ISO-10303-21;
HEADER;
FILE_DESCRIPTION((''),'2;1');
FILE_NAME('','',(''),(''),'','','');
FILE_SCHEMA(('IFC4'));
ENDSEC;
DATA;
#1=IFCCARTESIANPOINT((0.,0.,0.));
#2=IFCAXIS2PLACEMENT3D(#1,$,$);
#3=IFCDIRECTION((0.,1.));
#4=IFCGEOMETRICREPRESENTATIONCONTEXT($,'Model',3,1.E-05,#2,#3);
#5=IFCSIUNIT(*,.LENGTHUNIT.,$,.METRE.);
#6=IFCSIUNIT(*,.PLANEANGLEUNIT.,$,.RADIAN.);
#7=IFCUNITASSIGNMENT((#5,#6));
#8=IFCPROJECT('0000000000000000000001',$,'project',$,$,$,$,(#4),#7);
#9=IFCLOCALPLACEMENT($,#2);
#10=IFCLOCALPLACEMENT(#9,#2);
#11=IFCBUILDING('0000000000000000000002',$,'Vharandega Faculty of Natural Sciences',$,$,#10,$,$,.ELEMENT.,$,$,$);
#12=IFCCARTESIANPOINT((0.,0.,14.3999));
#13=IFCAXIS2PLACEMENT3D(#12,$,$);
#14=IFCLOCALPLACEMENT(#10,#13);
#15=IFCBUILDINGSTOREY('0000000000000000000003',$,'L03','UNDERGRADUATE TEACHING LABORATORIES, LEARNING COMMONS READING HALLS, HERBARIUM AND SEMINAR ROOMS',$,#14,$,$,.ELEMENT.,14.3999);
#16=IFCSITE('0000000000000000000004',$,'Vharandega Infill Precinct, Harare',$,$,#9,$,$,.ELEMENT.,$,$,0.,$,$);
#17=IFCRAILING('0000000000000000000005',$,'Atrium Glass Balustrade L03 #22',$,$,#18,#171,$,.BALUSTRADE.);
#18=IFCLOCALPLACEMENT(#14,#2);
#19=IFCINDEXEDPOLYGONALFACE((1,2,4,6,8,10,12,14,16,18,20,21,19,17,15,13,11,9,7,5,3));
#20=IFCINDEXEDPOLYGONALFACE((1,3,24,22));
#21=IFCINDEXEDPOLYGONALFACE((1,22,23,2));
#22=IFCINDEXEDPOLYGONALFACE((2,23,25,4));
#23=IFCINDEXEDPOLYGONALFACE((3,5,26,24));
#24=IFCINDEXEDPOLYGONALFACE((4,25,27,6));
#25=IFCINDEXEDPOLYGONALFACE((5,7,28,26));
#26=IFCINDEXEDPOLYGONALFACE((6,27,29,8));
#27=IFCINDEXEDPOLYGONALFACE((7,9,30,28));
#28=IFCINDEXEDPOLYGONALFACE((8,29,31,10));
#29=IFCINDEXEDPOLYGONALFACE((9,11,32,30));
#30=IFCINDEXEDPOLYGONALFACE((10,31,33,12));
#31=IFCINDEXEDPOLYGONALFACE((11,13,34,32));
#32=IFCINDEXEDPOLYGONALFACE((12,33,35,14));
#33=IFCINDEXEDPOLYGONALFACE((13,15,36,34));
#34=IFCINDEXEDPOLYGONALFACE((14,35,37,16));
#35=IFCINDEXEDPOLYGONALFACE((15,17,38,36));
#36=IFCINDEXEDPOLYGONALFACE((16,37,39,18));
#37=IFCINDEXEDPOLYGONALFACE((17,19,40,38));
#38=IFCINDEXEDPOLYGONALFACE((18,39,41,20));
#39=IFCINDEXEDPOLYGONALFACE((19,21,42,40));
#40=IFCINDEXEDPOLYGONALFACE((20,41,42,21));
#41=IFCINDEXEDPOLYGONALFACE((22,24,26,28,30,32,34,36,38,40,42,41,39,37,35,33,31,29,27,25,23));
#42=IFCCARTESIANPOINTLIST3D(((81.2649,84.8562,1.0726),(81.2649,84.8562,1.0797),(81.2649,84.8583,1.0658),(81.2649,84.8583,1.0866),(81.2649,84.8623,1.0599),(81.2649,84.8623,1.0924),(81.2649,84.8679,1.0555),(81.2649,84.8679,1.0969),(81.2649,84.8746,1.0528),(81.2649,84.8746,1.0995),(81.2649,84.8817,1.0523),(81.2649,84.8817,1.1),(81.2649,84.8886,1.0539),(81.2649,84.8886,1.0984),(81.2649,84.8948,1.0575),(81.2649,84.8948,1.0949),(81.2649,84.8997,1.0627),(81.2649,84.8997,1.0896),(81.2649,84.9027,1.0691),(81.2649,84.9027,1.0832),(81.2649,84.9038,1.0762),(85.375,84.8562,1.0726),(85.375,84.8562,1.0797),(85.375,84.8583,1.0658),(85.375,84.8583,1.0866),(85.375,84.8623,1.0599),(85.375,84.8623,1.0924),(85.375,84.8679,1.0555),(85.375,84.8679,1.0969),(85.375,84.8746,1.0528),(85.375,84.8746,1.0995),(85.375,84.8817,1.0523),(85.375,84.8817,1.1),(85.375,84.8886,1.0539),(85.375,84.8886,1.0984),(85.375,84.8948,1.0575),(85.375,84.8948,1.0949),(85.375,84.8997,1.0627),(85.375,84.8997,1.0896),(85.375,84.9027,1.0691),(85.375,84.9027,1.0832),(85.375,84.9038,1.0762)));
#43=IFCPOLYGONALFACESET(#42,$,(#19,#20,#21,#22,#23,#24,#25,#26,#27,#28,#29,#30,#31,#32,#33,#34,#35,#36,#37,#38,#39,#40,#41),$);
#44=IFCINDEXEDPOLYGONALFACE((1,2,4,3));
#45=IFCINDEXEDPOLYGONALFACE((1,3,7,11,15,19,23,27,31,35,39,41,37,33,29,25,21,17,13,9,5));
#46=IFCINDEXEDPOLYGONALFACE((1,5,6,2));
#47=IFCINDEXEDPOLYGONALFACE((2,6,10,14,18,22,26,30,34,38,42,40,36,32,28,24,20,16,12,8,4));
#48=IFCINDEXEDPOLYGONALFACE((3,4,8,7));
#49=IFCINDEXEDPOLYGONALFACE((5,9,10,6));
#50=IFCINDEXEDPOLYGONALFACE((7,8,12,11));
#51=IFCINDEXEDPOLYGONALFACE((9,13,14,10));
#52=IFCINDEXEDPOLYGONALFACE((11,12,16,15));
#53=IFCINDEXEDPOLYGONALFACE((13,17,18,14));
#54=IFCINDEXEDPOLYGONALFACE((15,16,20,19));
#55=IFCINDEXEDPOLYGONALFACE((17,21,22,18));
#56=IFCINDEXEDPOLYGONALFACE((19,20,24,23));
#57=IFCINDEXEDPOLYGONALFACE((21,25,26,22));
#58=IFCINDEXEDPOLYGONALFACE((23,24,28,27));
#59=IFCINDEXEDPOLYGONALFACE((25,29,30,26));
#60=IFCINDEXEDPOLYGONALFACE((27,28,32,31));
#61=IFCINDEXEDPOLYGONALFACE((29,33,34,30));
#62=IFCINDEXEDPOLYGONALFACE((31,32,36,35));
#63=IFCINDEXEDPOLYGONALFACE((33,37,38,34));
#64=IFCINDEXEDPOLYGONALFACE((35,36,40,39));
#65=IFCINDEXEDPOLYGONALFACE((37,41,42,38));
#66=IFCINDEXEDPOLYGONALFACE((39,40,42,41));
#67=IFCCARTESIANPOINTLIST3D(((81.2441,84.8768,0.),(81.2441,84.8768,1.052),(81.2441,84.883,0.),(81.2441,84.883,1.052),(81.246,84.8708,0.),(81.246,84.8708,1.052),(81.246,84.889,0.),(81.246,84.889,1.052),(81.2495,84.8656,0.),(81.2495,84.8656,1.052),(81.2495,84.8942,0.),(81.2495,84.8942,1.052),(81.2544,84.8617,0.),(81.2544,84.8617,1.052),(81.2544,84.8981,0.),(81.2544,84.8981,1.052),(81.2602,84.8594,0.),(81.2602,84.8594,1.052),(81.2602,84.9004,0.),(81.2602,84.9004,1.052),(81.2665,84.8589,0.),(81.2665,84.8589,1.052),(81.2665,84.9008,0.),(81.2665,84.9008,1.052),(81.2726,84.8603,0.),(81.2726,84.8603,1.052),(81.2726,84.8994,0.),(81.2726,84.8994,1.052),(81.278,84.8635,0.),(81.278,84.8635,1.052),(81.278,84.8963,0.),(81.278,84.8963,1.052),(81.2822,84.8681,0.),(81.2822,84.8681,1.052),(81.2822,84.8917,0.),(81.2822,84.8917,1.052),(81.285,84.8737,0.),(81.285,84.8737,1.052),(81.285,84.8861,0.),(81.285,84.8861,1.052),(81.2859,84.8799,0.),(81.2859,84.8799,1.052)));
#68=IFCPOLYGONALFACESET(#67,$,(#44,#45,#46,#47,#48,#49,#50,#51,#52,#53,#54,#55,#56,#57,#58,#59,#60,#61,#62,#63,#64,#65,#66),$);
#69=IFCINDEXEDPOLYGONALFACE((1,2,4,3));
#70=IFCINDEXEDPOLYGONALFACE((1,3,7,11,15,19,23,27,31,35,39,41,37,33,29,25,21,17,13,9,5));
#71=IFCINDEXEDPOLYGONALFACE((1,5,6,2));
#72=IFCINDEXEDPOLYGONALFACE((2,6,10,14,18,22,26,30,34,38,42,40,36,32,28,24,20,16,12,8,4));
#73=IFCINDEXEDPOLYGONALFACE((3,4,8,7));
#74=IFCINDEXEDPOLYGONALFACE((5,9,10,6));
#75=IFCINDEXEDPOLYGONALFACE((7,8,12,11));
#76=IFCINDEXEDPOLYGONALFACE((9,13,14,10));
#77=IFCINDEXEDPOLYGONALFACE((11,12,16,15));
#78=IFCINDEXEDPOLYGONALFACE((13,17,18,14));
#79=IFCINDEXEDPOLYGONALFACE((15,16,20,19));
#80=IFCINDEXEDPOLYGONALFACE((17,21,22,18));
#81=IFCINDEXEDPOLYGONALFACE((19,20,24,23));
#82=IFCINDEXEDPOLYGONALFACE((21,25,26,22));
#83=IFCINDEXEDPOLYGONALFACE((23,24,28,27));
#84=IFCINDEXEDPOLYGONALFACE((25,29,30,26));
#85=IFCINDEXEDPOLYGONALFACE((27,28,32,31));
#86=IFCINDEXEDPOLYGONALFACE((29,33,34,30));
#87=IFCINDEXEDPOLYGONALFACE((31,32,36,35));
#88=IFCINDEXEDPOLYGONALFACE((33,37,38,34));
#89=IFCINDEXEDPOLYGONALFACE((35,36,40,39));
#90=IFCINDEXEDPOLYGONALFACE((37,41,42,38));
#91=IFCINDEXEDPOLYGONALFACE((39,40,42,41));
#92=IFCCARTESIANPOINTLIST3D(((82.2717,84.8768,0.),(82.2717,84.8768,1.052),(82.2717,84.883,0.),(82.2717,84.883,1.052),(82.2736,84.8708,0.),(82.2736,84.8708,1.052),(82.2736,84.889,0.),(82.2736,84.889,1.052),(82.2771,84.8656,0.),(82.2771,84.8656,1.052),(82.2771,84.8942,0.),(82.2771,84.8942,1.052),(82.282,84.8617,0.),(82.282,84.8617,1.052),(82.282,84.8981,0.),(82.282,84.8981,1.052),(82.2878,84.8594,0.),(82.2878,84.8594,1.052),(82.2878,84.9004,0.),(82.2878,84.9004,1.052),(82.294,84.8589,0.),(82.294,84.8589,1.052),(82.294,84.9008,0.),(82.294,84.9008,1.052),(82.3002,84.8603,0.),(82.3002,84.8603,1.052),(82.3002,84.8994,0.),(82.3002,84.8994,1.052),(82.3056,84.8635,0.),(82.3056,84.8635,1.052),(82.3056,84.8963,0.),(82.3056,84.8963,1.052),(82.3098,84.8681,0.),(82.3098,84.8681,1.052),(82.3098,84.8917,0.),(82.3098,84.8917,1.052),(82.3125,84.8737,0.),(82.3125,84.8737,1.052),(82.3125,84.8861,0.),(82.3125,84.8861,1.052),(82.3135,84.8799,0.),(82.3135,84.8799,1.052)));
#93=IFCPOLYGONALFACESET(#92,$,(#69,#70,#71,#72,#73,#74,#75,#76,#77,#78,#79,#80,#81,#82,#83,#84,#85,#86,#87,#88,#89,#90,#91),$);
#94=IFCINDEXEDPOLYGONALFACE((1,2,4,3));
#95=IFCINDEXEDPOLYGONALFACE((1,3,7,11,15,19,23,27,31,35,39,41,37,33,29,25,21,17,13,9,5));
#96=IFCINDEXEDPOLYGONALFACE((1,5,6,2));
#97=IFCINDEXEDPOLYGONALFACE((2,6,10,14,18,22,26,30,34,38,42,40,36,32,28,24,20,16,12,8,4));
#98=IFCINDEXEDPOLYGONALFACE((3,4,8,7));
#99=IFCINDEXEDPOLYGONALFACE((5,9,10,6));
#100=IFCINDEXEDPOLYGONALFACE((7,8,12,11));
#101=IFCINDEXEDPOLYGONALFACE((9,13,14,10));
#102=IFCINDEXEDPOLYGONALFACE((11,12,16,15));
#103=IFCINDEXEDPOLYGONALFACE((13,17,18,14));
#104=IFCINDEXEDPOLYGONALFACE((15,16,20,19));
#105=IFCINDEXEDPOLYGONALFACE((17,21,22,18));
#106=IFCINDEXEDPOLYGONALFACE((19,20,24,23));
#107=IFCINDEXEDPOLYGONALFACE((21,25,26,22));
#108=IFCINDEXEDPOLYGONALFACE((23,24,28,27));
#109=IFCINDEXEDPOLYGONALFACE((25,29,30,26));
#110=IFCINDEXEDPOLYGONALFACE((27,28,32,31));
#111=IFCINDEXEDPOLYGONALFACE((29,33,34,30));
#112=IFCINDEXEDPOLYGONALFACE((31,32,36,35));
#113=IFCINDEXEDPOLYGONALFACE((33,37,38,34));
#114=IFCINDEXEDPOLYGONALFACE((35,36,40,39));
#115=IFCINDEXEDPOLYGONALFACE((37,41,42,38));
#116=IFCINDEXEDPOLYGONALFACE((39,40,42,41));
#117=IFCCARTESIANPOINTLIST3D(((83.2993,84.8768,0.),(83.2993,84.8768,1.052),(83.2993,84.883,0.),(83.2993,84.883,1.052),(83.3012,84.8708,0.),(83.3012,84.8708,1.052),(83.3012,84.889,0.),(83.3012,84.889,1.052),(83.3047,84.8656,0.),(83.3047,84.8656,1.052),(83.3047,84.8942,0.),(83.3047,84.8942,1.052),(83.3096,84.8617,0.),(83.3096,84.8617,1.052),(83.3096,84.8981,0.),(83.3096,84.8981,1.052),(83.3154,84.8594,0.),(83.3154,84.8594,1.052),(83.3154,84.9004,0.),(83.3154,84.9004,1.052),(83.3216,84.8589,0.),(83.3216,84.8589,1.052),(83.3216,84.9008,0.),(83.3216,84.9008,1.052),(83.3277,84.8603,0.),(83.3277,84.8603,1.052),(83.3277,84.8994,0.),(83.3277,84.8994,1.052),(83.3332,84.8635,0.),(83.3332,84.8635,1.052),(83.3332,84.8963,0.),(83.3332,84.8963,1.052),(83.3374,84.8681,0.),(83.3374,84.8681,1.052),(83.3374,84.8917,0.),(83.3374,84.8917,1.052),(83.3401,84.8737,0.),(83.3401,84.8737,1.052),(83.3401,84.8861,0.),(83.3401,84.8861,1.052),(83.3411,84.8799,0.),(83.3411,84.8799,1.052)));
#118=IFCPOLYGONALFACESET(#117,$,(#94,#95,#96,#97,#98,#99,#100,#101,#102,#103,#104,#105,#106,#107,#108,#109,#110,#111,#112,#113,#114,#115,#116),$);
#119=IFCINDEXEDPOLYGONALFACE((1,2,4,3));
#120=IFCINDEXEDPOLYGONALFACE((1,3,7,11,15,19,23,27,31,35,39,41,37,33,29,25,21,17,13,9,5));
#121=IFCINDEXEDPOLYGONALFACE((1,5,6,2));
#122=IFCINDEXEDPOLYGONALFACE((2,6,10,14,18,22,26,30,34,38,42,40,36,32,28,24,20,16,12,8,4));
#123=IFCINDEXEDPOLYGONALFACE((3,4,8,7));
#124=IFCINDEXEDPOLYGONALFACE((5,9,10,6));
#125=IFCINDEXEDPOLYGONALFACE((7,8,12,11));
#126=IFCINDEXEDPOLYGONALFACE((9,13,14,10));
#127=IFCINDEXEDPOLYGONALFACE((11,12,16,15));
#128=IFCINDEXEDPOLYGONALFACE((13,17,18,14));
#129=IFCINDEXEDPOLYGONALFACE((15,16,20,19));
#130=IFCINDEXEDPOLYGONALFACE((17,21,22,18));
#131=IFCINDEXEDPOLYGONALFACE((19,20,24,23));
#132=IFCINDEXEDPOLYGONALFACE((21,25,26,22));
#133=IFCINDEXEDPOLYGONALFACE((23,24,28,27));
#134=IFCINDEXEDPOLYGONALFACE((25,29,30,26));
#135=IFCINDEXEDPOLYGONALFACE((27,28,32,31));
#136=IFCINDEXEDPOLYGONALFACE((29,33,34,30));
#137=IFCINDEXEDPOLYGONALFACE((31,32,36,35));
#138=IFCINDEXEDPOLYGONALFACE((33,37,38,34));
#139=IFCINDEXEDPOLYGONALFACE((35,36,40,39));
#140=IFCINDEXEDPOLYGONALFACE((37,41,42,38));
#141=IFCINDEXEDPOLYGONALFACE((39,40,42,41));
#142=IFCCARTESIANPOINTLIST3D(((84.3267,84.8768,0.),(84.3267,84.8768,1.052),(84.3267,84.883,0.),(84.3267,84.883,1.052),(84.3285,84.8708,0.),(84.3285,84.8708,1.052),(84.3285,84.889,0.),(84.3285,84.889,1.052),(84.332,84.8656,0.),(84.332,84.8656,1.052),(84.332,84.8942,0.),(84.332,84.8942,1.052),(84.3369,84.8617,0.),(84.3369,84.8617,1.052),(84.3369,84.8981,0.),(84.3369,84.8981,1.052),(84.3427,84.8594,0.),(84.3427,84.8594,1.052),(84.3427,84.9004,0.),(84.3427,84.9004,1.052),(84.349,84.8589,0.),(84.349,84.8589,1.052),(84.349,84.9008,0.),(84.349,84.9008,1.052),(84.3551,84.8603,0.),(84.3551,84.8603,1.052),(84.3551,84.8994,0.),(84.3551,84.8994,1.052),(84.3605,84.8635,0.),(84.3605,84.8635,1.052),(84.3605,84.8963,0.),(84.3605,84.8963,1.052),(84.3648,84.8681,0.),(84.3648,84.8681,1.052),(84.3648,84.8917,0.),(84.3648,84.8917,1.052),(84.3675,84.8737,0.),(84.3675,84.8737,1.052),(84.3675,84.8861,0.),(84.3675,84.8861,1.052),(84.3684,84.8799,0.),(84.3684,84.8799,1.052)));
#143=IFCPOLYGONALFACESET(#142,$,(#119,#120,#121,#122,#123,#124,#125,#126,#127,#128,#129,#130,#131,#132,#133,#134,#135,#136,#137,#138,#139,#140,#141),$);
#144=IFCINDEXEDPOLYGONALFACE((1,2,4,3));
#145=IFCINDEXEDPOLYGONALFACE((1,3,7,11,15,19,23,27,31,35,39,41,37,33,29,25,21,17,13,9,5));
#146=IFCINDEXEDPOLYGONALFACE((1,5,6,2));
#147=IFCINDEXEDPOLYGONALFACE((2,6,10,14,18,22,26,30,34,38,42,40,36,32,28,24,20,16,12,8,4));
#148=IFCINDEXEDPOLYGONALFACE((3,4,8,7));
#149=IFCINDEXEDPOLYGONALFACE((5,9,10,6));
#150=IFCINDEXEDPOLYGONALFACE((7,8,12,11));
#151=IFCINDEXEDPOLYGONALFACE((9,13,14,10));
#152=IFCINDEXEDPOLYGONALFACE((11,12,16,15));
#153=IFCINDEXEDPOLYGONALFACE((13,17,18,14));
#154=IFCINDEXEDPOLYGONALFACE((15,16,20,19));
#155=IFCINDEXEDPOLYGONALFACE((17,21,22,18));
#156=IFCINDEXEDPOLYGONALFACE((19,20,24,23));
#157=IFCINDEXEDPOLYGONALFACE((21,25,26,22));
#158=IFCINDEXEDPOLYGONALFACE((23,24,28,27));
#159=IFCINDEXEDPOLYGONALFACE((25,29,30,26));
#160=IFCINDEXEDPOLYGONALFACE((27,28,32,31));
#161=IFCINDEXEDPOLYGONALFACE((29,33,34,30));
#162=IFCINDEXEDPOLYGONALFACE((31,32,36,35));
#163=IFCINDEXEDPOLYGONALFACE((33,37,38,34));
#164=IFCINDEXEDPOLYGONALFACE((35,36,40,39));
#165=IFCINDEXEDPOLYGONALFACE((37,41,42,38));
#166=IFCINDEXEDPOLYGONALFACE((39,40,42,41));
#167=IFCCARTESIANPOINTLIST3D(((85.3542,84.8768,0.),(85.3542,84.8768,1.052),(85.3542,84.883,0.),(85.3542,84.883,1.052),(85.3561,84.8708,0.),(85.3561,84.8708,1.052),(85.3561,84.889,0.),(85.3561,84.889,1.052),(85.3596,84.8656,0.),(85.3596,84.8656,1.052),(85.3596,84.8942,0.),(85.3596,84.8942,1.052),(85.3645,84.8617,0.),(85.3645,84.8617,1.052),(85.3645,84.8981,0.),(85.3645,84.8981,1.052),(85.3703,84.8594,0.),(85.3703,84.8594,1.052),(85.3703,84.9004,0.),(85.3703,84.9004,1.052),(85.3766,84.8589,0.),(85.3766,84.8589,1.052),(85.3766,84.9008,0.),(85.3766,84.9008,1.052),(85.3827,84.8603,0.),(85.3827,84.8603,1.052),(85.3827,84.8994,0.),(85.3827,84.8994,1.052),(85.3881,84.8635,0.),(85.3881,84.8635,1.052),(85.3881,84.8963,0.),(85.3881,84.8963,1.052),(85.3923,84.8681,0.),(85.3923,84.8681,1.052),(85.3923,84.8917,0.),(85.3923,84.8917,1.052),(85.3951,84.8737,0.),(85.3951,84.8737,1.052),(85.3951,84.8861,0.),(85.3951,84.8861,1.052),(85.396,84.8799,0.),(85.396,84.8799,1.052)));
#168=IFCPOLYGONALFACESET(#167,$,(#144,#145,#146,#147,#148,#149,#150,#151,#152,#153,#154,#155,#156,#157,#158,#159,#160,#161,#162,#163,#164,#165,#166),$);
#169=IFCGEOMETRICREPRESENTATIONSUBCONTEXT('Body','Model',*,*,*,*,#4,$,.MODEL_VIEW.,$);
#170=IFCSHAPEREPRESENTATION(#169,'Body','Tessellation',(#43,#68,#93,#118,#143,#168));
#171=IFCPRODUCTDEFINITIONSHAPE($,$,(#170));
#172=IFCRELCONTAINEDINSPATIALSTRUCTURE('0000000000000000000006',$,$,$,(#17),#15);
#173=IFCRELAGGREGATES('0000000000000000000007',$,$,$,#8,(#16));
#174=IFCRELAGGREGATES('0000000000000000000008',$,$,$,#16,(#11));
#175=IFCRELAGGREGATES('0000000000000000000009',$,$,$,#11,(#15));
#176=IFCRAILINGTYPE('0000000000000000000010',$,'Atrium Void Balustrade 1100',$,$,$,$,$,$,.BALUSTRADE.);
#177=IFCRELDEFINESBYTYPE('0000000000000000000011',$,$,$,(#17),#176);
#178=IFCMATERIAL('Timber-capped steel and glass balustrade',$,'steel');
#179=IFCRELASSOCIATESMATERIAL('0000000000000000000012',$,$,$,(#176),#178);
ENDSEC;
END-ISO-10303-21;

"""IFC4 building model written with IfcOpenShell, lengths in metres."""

from ifc_helpers import new_model, si_unit, direction, frame, origin, origin_2d, place, context, subcontext, project, spatial, circle, extrude, material, type_object, element, save


model = new_model("IFC4")

# Units and contexts
model_context = context("Model", 3, precision=1e-05, world=origin(), true_north=direction((0.0, 1.0)))
body_context = subcontext(model_context, "Body", "Model", "MODEL_VIEW")
ifc_project = project(units=[si_unit("LENGTHUNIT", "METRE"), si_unit("PLANEANGLEUNIT", "RADIAN")], contexts=[model_context])

# Site, building, storey
site_placement = place(None, origin())
site = spatial("IfcSite", under=ifc_project, at=site_placement, Name="Vharandega Infill Precinct, Harare", CompositionType="ELEMENT", RefElevation=0.0)
building_placement = place(site_placement, origin())
building = spatial("IfcBuilding", under=site, at=building_placement, Name="Vharandega Faculty of Natural Sciences", CompositionType="ELEMENT")
storey_placement = place(building_placement, frame((0.0, 0.0, 14.3999)))
storey = spatial("IfcBuildingStorey", under=building, at=storey_placement, Name="L03", Description="UNDERGRADUATE TEACHING LABORATORIES, LEARNING COMMONS READING HALLS, HERBARIUM AND SEMINAR ROOMS", CompositionType="ELEMENT", Elevation=14.3999)

# Railing
ifc_material_1 = material(Name="Timber-capped steel and glass balustrade", Category="steel")
railing_type = type_object("IfcRailingType", Name="Atrium Void Balustrade 1100", PredefinedType="BALUSTRADE", material=ifc_material_1)
for number, where, name in (
    (1, (81.2649, 84.8799, 0.0), "Atrium Glass Balustrade L03 #22"),
):
    element("IfcRailing", number, at=place(storey_placement, frame(where)), inside=storey, type_object=railing_type, Name=name, PredefinedType="BALUSTRADE", context=body_context, shape_type="SweptSolid", body=[
        extrude(circle(Radius=0.0239, at=origin_2d()), frame((0.0, 0.0, 1.0762), z_axis=(1.0, 0.0, 0.0), x_axis=(0.0, 1.0, 0.0)), (0.0, 0.0, 1.0), 4.1101),
        extrude(circle(Radius=0.021, at=origin_2d()), origin(), (0.0, 0.0, 1.0), 1.052),
        extrude(circle(Radius=0.021, at=origin_2d()), frame((1.0276, 0.0, 0.0)), (0.0, 0.0, 1.0), 1.052),
        extrude(circle(Radius=0.021, at=origin_2d()), frame((2.0552, 0.0, 0.0)), (0.0, 0.0, 1.0), 1.052),
        extrude(circle(Radius=0.021, at=origin_2d()), frame((3.0825, 0.0, 0.0)), (0.0, 0.0, 1.0), 1.052),
        extrude(circle(Radius=0.021, at=origin_2d()), frame((4.1101, 0.0, 0.0)), (0.0, 0.0, 1.0), 1.052),
    ])

save(model, "model.ifc")
